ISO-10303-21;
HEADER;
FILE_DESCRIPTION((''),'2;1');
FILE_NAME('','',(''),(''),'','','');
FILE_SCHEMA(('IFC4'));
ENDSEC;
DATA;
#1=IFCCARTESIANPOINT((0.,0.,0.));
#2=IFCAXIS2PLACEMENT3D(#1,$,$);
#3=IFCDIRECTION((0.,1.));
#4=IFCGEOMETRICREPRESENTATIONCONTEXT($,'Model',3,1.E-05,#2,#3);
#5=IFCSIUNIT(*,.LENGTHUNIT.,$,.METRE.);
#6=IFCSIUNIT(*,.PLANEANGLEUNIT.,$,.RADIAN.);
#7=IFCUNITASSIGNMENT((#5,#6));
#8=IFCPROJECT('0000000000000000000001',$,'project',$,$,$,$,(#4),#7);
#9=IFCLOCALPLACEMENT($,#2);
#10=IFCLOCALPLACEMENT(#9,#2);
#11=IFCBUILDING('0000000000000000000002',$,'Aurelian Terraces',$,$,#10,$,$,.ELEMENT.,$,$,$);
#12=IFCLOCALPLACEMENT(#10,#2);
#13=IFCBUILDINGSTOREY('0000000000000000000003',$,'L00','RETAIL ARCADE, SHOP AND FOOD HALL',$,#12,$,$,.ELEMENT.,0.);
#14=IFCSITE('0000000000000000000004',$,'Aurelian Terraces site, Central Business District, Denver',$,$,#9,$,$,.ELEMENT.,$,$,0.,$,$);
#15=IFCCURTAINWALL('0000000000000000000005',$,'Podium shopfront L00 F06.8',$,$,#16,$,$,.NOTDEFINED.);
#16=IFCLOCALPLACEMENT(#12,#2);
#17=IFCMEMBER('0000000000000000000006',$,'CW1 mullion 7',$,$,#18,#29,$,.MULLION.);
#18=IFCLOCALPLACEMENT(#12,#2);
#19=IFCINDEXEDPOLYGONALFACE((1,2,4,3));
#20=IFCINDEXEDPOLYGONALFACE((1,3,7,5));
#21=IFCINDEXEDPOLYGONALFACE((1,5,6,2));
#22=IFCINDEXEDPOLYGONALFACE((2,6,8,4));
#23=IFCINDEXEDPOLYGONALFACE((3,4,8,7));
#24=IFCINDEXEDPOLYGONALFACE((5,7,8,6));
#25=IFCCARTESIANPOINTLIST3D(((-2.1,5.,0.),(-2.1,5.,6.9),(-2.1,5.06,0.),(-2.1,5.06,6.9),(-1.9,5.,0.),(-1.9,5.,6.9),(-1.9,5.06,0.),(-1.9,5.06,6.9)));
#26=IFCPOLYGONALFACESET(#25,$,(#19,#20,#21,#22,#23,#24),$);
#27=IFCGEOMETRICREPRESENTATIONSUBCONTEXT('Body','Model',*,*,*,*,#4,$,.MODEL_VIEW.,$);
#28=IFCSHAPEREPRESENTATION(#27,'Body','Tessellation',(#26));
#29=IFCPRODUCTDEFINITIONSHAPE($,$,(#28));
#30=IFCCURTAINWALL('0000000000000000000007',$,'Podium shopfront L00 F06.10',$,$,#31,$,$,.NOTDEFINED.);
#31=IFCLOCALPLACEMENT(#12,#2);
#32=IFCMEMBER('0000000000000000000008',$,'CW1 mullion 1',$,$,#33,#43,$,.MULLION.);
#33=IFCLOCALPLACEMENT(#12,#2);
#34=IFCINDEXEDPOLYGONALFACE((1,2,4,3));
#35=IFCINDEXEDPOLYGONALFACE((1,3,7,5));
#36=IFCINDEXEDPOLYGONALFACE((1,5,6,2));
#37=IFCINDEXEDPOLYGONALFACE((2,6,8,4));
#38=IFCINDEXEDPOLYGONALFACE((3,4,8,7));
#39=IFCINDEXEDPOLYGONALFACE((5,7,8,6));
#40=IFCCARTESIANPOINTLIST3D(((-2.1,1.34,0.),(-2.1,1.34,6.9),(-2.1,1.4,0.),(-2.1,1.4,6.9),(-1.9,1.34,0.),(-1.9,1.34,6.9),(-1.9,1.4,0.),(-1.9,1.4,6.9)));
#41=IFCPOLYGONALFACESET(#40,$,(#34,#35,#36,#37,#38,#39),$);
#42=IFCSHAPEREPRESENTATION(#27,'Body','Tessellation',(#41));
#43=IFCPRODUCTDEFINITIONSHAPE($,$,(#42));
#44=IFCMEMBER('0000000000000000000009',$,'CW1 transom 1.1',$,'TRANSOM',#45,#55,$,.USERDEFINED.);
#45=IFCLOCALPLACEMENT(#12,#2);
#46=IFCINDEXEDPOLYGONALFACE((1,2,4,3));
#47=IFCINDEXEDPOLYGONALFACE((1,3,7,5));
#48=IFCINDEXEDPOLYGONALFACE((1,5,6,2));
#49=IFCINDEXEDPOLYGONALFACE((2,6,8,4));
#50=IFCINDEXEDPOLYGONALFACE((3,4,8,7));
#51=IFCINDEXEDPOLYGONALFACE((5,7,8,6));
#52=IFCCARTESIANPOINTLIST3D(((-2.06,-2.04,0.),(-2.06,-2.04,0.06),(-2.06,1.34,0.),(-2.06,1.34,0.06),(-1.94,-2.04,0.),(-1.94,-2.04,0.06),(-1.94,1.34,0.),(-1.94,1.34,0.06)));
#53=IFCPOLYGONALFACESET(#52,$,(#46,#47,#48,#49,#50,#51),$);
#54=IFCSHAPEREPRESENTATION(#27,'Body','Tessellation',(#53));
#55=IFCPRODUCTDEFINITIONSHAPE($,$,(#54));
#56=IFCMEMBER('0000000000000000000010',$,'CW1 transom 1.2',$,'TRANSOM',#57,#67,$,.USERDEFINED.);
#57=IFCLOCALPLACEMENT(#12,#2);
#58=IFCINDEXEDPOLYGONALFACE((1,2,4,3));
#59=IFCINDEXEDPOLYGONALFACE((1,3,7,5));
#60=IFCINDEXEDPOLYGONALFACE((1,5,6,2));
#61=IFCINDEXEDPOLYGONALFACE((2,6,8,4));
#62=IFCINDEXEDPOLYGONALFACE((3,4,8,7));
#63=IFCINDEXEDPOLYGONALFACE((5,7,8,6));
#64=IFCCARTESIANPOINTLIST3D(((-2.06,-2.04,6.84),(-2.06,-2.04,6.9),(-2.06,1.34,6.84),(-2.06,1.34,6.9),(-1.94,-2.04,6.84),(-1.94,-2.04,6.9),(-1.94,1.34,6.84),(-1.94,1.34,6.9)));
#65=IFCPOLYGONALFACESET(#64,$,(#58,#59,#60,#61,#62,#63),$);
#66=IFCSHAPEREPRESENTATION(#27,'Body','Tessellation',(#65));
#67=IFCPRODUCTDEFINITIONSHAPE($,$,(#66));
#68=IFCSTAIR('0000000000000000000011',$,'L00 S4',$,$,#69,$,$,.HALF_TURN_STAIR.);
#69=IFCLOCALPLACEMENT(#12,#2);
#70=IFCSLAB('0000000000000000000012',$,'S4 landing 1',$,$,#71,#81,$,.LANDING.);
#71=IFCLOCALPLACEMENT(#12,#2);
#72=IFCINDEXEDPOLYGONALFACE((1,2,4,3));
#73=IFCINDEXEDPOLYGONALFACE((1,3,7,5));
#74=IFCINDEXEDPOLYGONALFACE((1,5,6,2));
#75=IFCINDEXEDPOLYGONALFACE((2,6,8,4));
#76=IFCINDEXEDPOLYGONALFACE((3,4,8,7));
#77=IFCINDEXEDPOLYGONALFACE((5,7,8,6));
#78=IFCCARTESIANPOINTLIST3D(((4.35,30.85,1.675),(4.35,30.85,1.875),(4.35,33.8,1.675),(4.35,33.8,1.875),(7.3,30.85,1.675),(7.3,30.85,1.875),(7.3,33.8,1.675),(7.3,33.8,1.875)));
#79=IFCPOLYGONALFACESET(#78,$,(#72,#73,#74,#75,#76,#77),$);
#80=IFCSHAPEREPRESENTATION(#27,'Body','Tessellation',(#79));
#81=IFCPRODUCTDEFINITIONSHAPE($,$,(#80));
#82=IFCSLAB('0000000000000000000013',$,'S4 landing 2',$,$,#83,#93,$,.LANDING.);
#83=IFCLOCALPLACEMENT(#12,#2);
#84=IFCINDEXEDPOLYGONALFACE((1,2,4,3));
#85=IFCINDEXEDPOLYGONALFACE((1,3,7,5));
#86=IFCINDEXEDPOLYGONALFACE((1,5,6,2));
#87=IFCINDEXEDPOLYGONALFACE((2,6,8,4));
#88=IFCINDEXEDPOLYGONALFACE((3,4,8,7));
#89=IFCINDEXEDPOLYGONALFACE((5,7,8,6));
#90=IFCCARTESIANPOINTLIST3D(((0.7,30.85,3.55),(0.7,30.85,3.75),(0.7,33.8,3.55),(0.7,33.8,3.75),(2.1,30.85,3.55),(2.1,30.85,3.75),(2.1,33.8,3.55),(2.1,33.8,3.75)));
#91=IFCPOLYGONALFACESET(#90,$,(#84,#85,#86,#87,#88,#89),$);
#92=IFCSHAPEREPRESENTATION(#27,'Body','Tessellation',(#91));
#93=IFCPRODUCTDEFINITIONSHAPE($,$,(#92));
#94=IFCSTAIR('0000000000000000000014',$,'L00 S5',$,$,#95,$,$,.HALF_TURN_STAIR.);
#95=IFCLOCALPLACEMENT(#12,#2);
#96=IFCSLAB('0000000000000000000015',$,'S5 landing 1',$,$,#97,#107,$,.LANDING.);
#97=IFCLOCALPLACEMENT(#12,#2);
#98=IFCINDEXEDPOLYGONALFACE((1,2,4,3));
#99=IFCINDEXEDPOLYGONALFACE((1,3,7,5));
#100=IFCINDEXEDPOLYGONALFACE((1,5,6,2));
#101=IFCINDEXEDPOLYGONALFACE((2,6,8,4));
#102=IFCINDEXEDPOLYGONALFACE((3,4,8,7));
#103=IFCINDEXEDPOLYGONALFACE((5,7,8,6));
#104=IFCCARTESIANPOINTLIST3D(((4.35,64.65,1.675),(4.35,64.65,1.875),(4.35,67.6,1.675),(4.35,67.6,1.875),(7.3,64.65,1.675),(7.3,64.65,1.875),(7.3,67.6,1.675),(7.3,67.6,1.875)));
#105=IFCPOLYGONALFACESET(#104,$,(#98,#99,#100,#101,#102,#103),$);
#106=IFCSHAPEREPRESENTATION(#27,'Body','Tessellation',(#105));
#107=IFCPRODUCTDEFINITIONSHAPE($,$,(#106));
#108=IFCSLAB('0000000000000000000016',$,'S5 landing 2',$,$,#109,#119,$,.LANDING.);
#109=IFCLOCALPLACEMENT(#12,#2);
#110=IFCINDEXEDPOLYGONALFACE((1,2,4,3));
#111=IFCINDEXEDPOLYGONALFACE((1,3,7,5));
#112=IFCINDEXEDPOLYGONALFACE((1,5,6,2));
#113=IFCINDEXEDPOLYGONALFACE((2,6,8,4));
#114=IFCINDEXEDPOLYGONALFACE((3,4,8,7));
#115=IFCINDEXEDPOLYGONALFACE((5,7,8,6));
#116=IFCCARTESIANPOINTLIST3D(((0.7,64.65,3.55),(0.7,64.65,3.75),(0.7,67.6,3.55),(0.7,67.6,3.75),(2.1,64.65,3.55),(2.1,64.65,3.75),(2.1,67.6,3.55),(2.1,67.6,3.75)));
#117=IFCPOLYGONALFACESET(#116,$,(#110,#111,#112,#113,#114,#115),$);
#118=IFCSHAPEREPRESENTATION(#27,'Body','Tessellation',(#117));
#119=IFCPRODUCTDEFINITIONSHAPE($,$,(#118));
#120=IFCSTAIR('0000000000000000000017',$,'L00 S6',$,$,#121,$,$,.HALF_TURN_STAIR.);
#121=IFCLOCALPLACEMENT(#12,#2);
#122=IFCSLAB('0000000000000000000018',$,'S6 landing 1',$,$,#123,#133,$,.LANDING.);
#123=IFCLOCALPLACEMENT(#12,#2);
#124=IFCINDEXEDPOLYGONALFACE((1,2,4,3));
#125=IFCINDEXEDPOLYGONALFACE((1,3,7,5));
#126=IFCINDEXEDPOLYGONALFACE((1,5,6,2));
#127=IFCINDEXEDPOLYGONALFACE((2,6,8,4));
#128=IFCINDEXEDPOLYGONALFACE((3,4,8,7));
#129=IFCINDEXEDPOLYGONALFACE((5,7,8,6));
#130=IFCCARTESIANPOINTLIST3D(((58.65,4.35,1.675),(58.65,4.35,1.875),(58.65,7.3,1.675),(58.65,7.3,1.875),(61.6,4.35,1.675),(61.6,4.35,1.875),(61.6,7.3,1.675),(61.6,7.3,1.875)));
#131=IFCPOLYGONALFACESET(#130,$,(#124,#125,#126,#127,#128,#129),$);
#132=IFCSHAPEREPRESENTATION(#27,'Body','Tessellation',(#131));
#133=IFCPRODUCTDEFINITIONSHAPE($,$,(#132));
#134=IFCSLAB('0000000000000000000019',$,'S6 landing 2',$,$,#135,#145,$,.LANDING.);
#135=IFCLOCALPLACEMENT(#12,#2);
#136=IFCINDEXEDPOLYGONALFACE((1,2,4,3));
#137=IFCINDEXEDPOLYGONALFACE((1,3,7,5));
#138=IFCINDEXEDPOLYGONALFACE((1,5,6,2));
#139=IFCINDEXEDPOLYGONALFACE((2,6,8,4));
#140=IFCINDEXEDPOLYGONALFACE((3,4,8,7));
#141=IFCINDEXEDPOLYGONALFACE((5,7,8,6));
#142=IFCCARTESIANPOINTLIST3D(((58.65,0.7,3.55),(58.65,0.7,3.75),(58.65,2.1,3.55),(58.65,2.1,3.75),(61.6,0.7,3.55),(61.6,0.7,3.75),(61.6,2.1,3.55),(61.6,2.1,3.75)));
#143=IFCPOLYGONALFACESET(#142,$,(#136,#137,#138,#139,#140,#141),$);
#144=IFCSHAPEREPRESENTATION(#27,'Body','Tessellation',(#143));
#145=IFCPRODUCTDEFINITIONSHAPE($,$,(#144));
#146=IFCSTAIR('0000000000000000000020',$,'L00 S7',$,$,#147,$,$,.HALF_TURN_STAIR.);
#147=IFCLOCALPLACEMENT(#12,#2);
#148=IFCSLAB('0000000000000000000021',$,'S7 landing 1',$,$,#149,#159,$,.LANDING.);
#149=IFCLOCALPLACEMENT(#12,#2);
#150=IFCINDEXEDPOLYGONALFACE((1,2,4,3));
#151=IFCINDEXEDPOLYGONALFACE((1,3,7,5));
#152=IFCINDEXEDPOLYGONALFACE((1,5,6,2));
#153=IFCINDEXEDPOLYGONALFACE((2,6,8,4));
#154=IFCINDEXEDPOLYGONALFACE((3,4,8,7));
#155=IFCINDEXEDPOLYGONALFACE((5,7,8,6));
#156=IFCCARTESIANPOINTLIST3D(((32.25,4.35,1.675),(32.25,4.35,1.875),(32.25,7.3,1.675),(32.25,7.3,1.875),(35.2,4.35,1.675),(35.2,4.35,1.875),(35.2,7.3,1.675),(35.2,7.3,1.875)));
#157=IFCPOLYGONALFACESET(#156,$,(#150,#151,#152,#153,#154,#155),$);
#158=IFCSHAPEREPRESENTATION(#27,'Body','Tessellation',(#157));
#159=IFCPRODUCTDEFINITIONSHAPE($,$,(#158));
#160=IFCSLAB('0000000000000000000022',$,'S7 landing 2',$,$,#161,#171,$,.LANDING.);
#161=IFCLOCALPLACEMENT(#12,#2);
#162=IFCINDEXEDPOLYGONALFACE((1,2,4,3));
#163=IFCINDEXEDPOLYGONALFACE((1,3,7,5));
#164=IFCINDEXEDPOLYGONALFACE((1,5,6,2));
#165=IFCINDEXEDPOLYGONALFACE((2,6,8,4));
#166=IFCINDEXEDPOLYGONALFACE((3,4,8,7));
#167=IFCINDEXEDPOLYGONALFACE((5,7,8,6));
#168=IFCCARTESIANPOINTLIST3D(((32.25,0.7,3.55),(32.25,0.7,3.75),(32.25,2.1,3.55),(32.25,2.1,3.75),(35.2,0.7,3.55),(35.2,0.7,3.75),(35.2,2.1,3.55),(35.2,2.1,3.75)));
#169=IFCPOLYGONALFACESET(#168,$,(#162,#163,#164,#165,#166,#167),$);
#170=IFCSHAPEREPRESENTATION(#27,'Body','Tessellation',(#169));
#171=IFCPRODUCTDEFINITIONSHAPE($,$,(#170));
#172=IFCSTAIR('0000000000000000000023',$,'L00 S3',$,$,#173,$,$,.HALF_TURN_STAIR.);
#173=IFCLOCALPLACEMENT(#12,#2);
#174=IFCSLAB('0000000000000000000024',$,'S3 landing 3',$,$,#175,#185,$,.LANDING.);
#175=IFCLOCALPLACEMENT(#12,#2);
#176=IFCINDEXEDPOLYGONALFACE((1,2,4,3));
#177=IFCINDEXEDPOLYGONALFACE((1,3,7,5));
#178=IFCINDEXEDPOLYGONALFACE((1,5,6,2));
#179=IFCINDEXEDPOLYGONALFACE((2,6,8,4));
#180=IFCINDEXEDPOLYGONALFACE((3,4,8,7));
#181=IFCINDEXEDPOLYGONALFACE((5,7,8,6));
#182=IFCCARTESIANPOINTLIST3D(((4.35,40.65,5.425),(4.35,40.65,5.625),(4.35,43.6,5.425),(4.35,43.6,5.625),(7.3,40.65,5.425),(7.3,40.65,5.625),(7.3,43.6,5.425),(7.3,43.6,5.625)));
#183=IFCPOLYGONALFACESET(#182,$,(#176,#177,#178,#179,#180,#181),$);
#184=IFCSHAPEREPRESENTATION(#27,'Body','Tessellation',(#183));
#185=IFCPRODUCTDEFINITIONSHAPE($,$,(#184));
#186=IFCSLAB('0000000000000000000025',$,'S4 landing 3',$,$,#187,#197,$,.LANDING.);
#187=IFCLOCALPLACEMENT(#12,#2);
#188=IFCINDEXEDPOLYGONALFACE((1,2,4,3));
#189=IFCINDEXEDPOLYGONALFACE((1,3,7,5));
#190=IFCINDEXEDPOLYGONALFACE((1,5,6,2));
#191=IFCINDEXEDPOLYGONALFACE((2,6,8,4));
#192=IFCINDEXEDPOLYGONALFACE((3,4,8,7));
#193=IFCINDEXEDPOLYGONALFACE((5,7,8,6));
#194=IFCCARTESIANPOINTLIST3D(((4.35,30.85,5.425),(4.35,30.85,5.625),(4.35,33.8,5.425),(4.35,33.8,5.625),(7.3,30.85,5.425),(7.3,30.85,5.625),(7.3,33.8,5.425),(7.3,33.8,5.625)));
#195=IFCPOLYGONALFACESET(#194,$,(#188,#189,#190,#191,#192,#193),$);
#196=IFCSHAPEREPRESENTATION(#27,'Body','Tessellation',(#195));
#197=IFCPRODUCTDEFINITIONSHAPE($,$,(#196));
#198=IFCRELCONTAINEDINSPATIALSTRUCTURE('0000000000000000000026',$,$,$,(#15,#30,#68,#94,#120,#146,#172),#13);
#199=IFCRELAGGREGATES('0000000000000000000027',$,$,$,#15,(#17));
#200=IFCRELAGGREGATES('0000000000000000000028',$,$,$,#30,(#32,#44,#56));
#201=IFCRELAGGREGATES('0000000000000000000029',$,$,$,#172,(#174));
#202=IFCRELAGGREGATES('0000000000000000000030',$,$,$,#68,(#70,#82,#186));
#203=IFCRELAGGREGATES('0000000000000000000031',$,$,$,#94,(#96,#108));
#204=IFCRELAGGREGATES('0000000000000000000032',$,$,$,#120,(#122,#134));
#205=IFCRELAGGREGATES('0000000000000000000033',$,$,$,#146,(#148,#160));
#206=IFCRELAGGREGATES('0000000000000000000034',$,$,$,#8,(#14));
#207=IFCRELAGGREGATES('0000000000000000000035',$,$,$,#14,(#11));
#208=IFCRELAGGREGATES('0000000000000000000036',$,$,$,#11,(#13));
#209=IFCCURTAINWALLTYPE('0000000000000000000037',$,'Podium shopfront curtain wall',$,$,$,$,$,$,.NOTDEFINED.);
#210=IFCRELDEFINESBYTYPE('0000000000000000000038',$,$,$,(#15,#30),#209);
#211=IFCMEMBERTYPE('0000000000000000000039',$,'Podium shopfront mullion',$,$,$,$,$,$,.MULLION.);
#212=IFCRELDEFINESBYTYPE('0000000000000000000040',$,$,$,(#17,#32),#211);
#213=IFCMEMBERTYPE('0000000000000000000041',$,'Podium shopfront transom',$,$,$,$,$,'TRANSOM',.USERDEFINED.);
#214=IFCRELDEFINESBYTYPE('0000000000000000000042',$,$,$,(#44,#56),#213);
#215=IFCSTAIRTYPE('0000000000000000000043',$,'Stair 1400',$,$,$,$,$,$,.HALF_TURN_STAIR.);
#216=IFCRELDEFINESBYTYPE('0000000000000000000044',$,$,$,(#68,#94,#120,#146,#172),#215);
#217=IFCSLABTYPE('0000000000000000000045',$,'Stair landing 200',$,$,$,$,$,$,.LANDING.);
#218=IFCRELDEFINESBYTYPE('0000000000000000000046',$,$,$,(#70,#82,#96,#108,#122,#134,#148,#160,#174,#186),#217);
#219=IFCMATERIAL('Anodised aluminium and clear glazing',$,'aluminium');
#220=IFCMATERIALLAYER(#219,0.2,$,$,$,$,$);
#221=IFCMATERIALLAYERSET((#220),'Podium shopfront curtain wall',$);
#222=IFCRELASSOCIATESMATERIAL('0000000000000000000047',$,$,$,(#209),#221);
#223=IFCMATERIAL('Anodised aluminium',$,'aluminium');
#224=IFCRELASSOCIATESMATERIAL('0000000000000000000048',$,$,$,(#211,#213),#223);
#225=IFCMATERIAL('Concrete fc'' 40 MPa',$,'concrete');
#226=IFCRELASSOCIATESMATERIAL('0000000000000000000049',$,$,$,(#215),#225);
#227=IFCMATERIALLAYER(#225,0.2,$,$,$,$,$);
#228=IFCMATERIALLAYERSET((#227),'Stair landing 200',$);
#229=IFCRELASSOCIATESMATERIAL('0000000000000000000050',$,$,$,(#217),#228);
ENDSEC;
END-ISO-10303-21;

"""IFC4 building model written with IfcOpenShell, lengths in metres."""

from ifc_helpers import new_model, si_unit, direction, frame, origin, origin_2d, place, context, subcontext, project, spatial, polyline, rectangle, outline, extrude, source, transform, mapped, material, layer, layer_set, material_profile, profile_set, type_object, element, aggregate, save


model = new_model("IFC4")

# Units and contexts
model_context = context("Model", 3, precision=1e-05, world=origin(), true_north=direction((0.0, 1.0)))
body_context = subcontext(model_context, "Body", "Model", "MODEL_VIEW")
ifc_project = project(units=[si_unit("LENGTHUNIT", "METRE"), si_unit("PLANEANGLEUNIT", "RADIAN")], contexts=[model_context])

# Site, building, storey
site_placement = place(None, origin())
site = spatial("IfcSite", under=ifc_project, at=site_placement, Name="Aurelian Terraces site, Central Business District, Denver", CompositionType="ELEMENT", RefElevation=0.0)
building_placement = place(site_placement, origin())
building = spatial("IfcBuilding", under=site, at=building_placement, Name="Aurelian Terraces", CompositionType="ELEMENT")
storey_placement = place(building_placement, origin())
storey = spatial("IfcBuildingStorey", under=building, at=storey_placement, Name="L00", Description="RETAIL ARCADE, SHOP AND FOOD HALL", CompositionType="ELEMENT", Elevation=0.0)

# Curtain wall, member
ifc_material_1 = material(Name="Anodised aluminium and clear glazing", Category="aluminium")
ifc_layer_1 = layer(ifc_material_1, 0.2)
ifc_layer_set_1 = layer_set([ifc_layer_1], Name="Podium shopfront curtain wall")
curtain_wall_type = type_object("IfcCurtainWallType", Name="Podium shopfront curtain wall", PredefinedType="NOTDEFINED", material=ifc_layer_set_1)
curtain_wall_1_placement = place(storey_placement, origin())
curtain_wall_1 = element("IfcCurtainWall", 1, at=curtain_wall_1_placement, inside=storey, type_object=curtain_wall_type, Name="Podium shopfront L00 F06.8", PredefinedType="NOTDEFINED")
ifc_material_2 = material(Name="Anodised aluminium", Category="aluminium")
ifc_material_profile_1 = material_profile(ifc_material_2, rectangle(XDim=0.2, YDim=0.06, at=origin_2d()))
ifc_profile_set_1 = profile_set([ifc_material_profile_1], Name="Anodised aluminium")
member_type_1 = type_object("IfcMemberType", Name="Podium shopfront mullion", PredefinedType="MULLION", material=ifc_profile_set_1)
shared_shape_1 = source(origin(), body_context, "Body", "SweptSolid", [
    extrude(rectangle(XDim=0.2, YDim=0.06, at=origin_2d()), origin(), (0.0, 0.0, 1.0), 6.9),
])
member_1_placement = place(storey_placement, frame((-2.0, 5.03, 0.0), z_axis=(0.0, 0.0, 1.0), x_axis=(1.0, 0.0, 0.0)))
member_1 = element("IfcMember", 2, at=member_1_placement, type_object=member_type_1, Name="CW1 mullion 7", PredefinedType="MULLION", context=body_context, shape_type="MappedRepresentation", body=[
    mapped(shared_shape_1, transform((0.0, 0.0, 0.0), scale=1.0)),
])
aggregate(curtain_wall_1, [member_1])

# Curtain wall, members
curtain_wall_2_placement = place(storey_placement, origin())
curtain_wall_2 = element("IfcCurtainWall", 3, at=curtain_wall_2_placement, inside=storey, type_object=curtain_wall_type, Name="Podium shopfront L00 F06.10", PredefinedType="NOTDEFINED")
member_2_placement = place(storey_placement, frame((-2.0, 1.37, 0.0), z_axis=(0.0, 0.0, 1.0), x_axis=(1.0, 0.0, 0.0)))
member_2 = element("IfcMember", 4, at=member_2_placement, type_object=member_type_1, Name="CW1 mullion 1", PredefinedType="MULLION", context=body_context, shape_type="MappedRepresentation", body=[
    mapped(shared_shape_1, transform((0.0, 0.0, 0.0), scale=1.0)),
])
ifc_material_profile_2 = material_profile(ifc_material_2, rectangle(XDim=0.12, YDim=0.06, at=origin_2d()))
ifc_profile_set_2 = profile_set([ifc_material_profile_2], Name="Anodised aluminium")
member_type_2 = type_object("IfcMemberType", Name="Podium shopfront transom", ElementType="TRANSOM", PredefinedType="USERDEFINED", material=ifc_profile_set_2)
shared_shape_2 = source(origin(), body_context, "Body", "SweptSolid", [
    extrude(rectangle(XDim=0.12, YDim=0.06, at=origin_2d()), origin(), (0.0, 0.0, 1.0), 3.38),
])
member_3_placement = place(storey_placement, frame((-2.0, 1.34, 0.03), z_axis=(0.0, -1.0, 0.0), x_axis=(1.0, 0.0, 0.0)))
member_3 = element("IfcMember", 5, at=member_3_placement, type_object=member_type_2, Name="CW1 transom 1.1", ObjectType="TRANSOM", PredefinedType="USERDEFINED", context=body_context, shape_type="MappedRepresentation", body=[
    mapped(shared_shape_2, transform((0.0, 0.0, 0.0), scale=1.0)),
])
member_4_placement = place(storey_placement, frame((-2.0, 1.34, 6.87), z_axis=(0.0, -1.0, 0.0), x_axis=(1.0, 0.0, 0.0)))
member_4 = element("IfcMember", 6, at=member_4_placement, type_object=member_type_2, Name="CW1 transom 1.2", ObjectType="TRANSOM", PredefinedType="USERDEFINED", context=body_context, shape_type="MappedRepresentation", body=[
    mapped(shared_shape_2, transform((0.0, 0.0, 0.0), scale=1.0)),
])
aggregate(curtain_wall_2, [member_2, member_3, member_4])

# Stairs, slabs
ifc_material_3 = material(Name="Concrete fc' 40 MPa", Category="concrete")
stair_type = type_object("IfcStairType", Name="Stair 1400", PredefinedType="HALF_TURN_STAIR", material=ifc_material_3)
stair_1_placement = place(storey_placement, origin())
stair_1 = element("IfcStair", 7, at=stair_1_placement, inside=storey, type_object=stair_type, Name="L00 S4", PredefinedType="HALF_TURN_STAIR")
ifc_layer_2 = layer(ifc_material_3, 0.2)
ifc_layer_set_2 = layer_set([ifc_layer_2], Name="Stair landing 200")
slab_type = type_object("IfcSlabType", Name="Stair landing 200", PredefinedType="LANDING", material=ifc_layer_set_2)
slab_1_placement = place(storey_placement, frame((0.0, 0.0, 1.675)))
slab_1 = element("IfcSlab", 8, at=slab_1_placement, type_object=slab_type, Name="S4 landing 1", PredefinedType="LANDING", context=body_context, shape_type="SweptSolid", body=[
    extrude(outline(polyline([(4.35, 30.85), (7.3, 30.85), (7.3, 33.8), (4.35, 33.8), (4.35, 30.85)])), origin(), (0.0, 0.0, 1.0), 0.2),
])
slab_2_placement = place(storey_placement, frame((0.0, 0.0, 3.55)))
slab_2 = element("IfcSlab", 9, at=slab_2_placement, type_object=slab_type, Name="S4 landing 2", PredefinedType="LANDING", context=body_context, shape_type="SweptSolid", body=[
    extrude(outline(polyline([(0.7, 30.85), (2.1, 30.85), (2.1, 33.8), (0.7, 33.8), (0.7, 30.85)])), origin(), (0.0, 0.0, 1.0), 0.2),
])
stair_2_placement = place(storey_placement, origin())
stair_2 = element("IfcStair", 10, at=stair_2_placement, inside=storey, type_object=stair_type, Name="L00 S5", PredefinedType="HALF_TURN_STAIR")
slab_3_placement = place(storey_placement, frame((0.0, 0.0, 1.675)))
slab_3 = element("IfcSlab", 11, at=slab_3_placement, type_object=slab_type, Name="S5 landing 1", PredefinedType="LANDING", context=body_context, shape_type="SweptSolid", body=[
    extrude(outline(polyline([(4.35, 64.65), (7.3, 64.65), (7.3, 67.6), (4.35, 67.6), (4.35, 64.65)])), origin(), (0.0, 0.0, 1.0), 0.2),
])
slab_4_placement = place(storey_placement, frame((0.0, 0.0, 3.55)))
slab_4 = element("IfcSlab", 12, at=slab_4_placement, type_object=slab_type, Name="S5 landing 2", PredefinedType="LANDING", context=body_context, shape_type="SweptSolid", body=[
    extrude(outline(polyline([(0.7, 64.65), (2.1, 64.65), (2.1, 67.6), (0.7, 67.6), (0.7, 64.65)])), origin(), (0.0, 0.0, 1.0), 0.2),
])
stair_3_placement = place(storey_placement, origin())
stair_3 = element("IfcStair", 13, at=stair_3_placement, inside=storey, type_object=stair_type, Name="L00 S6", PredefinedType="HALF_TURN_STAIR")
slab_5_placement = place(storey_placement, frame((0.0, 0.0, 1.675)))
slab_5 = element("IfcSlab", 14, at=slab_5_placement, type_object=slab_type, Name="S6 landing 1", PredefinedType="LANDING", context=body_context, shape_type="SweptSolid", body=[
    extrude(outline(polyline([(61.6, 4.35), (61.6, 7.3), (58.65, 7.3), (58.65, 4.35), (61.6, 4.35)])), origin(), (0.0, 0.0, 1.0), 0.2),
])
slab_6_placement = place(storey_placement, frame((0.0, 0.0, 3.55)))
slab_6 = element("IfcSlab", 15, at=slab_6_placement, type_object=slab_type, Name="S6 landing 2", PredefinedType="LANDING", context=body_context, shape_type="SweptSolid", body=[
    extrude(outline(polyline([(61.6, 0.7), (61.6, 2.1), (58.65, 2.1), (58.65, 0.7), (61.6, 0.7)])), origin(), (0.0, 0.0, 1.0), 0.2),
])
stair_4_placement = place(storey_placement, origin())
stair_4 = element("IfcStair", 16, at=stair_4_placement, inside=storey, type_object=stair_type, Name="L00 S7", PredefinedType="HALF_TURN_STAIR")
slab_7_placement = place(storey_placement, frame((0.0, 0.0, 1.675)))
slab_7 = element("IfcSlab", 17, at=slab_7_placement, type_object=slab_type, Name="S7 landing 1", PredefinedType="LANDING", context=body_context, shape_type="SweptSolid", body=[
    extrude(outline(polyline([(35.2, 4.35), (35.2, 7.3), (32.25, 7.3), (32.25, 4.35), (35.2, 4.35)])), origin(), (0.0, 0.0, 1.0), 0.2),
])
slab_8_placement = place(storey_placement, frame((0.0, 0.0, 3.55)))
slab_8 = element("IfcSlab", 18, at=slab_8_placement, type_object=slab_type, Name="S7 landing 2", PredefinedType="LANDING", context=body_context, shape_type="SweptSolid", body=[
    extrude(outline(polyline([(35.2, 0.7), (35.2, 2.1), (32.25, 2.1), (32.25, 0.7), (35.2, 0.7)])), origin(), (0.0, 0.0, 1.0), 0.2),
])

# Stair, slab
stair_5_placement = place(storey_placement, origin())
stair_5 = element("IfcStair", 19, at=stair_5_placement, inside=storey, type_object=stair_type, Name="L00 S3", PredefinedType="HALF_TURN_STAIR")
shared_shape_3 = source(origin(), body_context, "Body", "SweptSolid", [
    extrude(outline(polyline([(4.35, 40.65), (7.3, 40.65), (7.3, 43.6), (4.35, 43.6), (4.35, 40.65)])), origin(), (0.0, 0.0, 1.0), 0.2),
])
slab_9_placement = place(storey_placement, frame((0.0, 0.0, 5.425)))
slab_9 = element("IfcSlab", 20, at=slab_9_placement, type_object=slab_type, Name="S3 landing 3", PredefinedType="LANDING", context=body_context, shape_type="MappedRepresentation", body=[
    mapped(shared_shape_3, transform((0.0, 0.0, 0.0), scale=1.0)),
])
aggregate(stair_5, [slab_9])

# Slab
shared_shape_4 = source(origin(), body_context, "Body", "SweptSolid", [
    extrude(outline(polyline([(4.35, 30.85), (7.3, 30.85), (7.3, 33.8), (4.35, 33.8), (4.35, 30.85)])), origin(), (0.0, 0.0, 1.0), 0.2),
])
slab_10_placement = place(storey_placement, frame((0.0, 0.0, 5.425)))
slab_10 = element("IfcSlab", 21, at=slab_10_placement, type_object=slab_type, Name="S4 landing 3", PredefinedType="LANDING", context=body_context, shape_type="MappedRepresentation", body=[
    mapped(shared_shape_4, transform((0.0, 0.0, 0.0), scale=1.0)),
])
aggregate(stair_1, [slab_1, slab_2, slab_10])
aggregate(stair_2, [slab_3, slab_4])
aggregate(stair_3, [slab_5, slab_6])
aggregate(stair_4, [slab_7, slab_8])

save(model, "model.ifc")
